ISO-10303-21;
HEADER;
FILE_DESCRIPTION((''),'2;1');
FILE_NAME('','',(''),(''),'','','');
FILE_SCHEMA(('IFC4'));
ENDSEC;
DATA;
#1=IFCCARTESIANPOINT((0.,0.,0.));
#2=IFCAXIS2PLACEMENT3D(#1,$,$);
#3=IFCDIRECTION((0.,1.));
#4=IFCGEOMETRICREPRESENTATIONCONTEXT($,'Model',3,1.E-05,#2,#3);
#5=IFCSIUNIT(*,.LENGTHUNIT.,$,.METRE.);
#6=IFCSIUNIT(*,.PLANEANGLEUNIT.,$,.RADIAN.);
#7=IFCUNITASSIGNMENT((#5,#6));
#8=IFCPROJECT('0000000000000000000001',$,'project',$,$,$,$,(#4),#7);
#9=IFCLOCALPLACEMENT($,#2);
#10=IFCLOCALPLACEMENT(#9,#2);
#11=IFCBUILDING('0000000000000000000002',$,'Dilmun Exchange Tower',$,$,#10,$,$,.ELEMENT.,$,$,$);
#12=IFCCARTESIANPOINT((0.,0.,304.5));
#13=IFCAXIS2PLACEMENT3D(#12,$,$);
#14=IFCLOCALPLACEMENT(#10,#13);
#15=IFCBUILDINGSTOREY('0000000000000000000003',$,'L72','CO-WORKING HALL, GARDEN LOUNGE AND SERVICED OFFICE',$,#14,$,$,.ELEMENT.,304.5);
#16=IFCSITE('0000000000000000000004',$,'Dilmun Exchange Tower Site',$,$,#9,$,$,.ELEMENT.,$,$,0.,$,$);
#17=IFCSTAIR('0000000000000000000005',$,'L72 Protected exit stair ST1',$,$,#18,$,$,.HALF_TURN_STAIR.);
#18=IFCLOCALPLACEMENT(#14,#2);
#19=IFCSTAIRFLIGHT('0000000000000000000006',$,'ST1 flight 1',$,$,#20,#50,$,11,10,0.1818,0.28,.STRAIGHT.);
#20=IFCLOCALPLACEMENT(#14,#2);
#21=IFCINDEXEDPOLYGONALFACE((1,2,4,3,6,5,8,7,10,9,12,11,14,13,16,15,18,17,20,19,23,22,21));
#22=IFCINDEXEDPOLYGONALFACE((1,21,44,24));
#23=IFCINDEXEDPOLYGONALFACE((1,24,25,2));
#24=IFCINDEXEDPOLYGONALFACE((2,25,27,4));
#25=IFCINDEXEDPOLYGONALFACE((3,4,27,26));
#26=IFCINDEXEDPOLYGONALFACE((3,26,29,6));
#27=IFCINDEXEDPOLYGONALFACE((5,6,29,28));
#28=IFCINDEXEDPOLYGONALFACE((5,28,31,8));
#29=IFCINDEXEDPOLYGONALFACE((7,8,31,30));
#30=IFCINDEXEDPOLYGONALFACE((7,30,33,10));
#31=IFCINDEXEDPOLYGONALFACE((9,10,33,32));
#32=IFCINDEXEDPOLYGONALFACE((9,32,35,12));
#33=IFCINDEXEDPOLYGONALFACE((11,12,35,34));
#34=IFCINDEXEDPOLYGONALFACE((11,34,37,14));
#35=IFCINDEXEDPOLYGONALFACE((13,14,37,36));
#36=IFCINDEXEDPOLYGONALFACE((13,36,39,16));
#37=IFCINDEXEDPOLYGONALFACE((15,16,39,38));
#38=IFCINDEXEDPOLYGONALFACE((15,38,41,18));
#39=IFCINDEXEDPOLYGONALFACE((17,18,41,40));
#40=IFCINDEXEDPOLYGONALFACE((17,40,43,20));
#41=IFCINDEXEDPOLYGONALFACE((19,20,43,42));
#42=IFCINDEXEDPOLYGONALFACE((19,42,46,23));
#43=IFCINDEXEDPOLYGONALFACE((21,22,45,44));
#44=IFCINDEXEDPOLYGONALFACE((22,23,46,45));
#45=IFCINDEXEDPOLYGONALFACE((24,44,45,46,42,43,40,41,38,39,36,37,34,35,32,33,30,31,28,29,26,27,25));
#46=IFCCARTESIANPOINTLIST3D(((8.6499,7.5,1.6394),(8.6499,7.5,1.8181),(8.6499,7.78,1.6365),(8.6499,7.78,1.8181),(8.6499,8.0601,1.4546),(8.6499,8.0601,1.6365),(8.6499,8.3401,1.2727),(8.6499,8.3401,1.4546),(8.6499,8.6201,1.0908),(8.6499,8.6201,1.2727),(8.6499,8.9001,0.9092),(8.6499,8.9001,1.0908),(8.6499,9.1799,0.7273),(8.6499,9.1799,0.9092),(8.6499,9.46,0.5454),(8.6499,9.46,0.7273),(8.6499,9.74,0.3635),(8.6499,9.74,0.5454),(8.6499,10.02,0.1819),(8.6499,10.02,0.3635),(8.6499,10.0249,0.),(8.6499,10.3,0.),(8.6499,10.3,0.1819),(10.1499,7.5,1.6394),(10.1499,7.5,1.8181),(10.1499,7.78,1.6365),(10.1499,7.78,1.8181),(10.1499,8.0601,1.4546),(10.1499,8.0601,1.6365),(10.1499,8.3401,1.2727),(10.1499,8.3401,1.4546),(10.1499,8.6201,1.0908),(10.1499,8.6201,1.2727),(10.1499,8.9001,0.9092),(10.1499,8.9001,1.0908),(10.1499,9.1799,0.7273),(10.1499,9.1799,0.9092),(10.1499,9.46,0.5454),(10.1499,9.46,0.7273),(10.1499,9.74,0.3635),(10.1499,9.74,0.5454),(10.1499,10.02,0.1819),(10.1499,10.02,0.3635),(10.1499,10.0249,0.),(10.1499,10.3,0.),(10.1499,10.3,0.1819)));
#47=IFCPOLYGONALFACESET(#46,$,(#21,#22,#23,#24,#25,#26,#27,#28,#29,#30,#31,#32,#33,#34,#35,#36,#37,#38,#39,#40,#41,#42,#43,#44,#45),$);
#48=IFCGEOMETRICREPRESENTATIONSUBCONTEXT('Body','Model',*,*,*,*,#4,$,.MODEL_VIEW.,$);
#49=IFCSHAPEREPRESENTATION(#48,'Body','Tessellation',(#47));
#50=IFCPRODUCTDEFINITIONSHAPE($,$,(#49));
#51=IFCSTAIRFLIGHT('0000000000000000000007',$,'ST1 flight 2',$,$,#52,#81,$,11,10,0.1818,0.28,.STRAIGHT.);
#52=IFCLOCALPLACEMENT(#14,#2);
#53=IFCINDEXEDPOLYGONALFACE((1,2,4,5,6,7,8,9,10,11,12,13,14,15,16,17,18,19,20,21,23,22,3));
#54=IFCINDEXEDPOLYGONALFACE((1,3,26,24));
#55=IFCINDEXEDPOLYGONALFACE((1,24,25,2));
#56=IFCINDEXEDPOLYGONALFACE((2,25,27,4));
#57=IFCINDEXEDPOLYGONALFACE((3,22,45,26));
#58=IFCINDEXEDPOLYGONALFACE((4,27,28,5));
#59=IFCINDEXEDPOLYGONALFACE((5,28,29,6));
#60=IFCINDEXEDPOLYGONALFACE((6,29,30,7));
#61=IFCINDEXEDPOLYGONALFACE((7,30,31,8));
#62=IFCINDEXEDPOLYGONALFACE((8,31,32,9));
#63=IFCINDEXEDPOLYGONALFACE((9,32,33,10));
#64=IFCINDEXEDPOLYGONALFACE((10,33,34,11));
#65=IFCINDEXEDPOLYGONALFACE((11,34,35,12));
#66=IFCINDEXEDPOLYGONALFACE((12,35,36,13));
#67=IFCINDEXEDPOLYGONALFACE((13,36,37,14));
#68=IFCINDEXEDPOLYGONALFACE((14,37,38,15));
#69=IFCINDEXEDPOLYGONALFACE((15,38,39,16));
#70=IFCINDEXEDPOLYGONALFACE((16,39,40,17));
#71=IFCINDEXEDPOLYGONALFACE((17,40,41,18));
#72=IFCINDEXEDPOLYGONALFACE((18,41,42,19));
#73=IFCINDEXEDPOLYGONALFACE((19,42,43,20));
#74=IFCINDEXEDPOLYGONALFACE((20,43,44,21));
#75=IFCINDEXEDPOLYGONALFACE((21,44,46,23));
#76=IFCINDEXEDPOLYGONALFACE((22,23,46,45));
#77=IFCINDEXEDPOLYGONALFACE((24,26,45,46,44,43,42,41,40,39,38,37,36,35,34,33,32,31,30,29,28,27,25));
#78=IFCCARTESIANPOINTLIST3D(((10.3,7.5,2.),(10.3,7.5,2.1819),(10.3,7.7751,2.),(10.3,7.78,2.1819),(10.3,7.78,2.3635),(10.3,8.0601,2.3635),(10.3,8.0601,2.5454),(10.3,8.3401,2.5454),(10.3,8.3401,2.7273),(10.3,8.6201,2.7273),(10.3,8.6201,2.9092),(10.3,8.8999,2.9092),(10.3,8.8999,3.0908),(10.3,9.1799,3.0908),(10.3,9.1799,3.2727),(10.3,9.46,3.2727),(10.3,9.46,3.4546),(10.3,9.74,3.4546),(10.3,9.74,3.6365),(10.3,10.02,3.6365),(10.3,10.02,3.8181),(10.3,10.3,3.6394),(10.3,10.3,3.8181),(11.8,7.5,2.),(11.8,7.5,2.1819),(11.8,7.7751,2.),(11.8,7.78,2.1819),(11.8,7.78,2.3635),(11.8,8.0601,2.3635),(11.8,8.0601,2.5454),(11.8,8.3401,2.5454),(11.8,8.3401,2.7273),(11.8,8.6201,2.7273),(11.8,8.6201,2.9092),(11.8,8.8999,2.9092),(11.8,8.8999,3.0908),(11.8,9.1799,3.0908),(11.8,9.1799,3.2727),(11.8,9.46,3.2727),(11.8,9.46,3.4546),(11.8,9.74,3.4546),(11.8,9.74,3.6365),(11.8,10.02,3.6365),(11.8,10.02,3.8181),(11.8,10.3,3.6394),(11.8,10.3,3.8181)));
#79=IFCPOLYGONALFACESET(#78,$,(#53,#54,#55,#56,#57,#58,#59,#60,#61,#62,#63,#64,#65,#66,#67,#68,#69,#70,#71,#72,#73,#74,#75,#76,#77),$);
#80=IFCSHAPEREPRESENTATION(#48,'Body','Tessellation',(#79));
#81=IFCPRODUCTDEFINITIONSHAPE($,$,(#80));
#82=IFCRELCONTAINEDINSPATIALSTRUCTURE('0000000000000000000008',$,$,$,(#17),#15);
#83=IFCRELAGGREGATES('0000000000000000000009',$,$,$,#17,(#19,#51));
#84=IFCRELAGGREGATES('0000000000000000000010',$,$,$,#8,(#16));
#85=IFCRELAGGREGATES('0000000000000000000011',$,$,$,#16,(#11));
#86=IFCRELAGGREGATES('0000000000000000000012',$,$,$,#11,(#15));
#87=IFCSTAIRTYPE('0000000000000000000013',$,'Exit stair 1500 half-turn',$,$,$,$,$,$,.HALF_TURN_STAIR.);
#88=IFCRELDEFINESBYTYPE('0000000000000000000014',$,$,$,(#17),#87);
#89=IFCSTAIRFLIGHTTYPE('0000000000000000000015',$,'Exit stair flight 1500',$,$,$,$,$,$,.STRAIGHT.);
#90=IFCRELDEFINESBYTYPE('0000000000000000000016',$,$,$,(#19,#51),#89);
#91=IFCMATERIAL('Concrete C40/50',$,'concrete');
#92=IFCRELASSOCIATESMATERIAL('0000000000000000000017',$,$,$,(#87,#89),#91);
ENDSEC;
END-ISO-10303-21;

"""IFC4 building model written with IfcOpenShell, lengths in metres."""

from ifc_helpers import new_model, si_unit, direction, frame, origin, place, context, subcontext, project, spatial, polyline, outline, extrude, material, type_object, element, aggregate, save


model = new_model("IFC4")

# Units and contexts
model_context = context("Model", 3, precision=1e-05, world=origin(), true_north=direction((0.0, 1.0)))
body_context = subcontext(model_context, "Body", "Model", "MODEL_VIEW")
ifc_project = project(units=[si_unit("LENGTHUNIT", "METRE"), si_unit("PLANEANGLEUNIT", "RADIAN")], contexts=[model_context])

# Site, building, storey
site_placement = place(None, origin())
site = spatial("IfcSite", under=ifc_project, at=site_placement, Name="Dilmun Exchange Tower Site", CompositionType="ELEMENT", RefElevation=0.0)
building_placement = place(site_placement, origin())
building = spatial("IfcBuilding", under=site, at=building_placement, Name="Dilmun Exchange Tower", CompositionType="ELEMENT")
storey_placement = place(building_placement, frame((0.0, 0.0, 304.5)))
storey = spatial("IfcBuildingStorey", under=building, at=storey_placement, Name="L72", Description="CO-WORKING HALL, GARDEN LOUNGE AND SERVICED OFFICE", CompositionType="ELEMENT", Elevation=304.5)

# Shared definitions
ifc_material_1 = material(Name="Concrete C40/50", Category="concrete")

# Stair, stair flights
stair_type = type_object("IfcStairType", Name="Exit stair 1500 half-turn", PredefinedType="HALF_TURN_STAIR", material=ifc_material_1)
stair_placement = place(storey_placement, origin())
stair = element("IfcStair", 1, at=stair_placement, inside=storey, type_object=stair_type, Name="L72 Protected exit stair ST1", PredefinedType="HALF_TURN_STAIR")
stair_flight_type = type_object("IfcStairFlightType", Name="Exit stair flight 1500", PredefinedType="STRAIGHT", material=ifc_material_1)
stair_flight_1_placement = place(storey_placement, frame((9.3999, 10.3, 0.0), z_axis=(0.0, 0.0, 1.0), x_axis=(0.0, -1.0, 0.0)))
stair_flight_1 = element("IfcStairFlight", 2, at=stair_flight_1_placement, type_object=stair_flight_type, Name="ST1 flight 1", NumberOfRisers=11, NumberOfTreads=10, PredefinedType="STRAIGHT", RiserHeight=0.1818, TreadLength=0.28, context=body_context, shape_type="SweptSolid", body=[
    extrude(outline(polyline([(0.0, 0.0), (0.0, 0.1819), (0.28, 0.1819), (0.28, 0.3635), (0.5601, 0.3635), (0.5601, 0.5454), (0.8401, 0.5454), (0.8401, 0.7273), (1.1201, 0.7273), (1.1201, 0.9092), (1.3999, 0.9092), (1.3999, 1.0908), (1.6799, 1.0908), (1.6799, 1.2727), (1.96, 1.2727), (1.96, 1.4546), (2.24, 1.4546), (2.24, 1.6365), (2.52, 1.6365), (2.52, 1.8181), (2.8, 1.8181), (2.8, 2.0), (2.8, 1.6394), (0.2751, 0.0), (0.0, 0.0)])), frame((0.0, 0.75, 0.0), z_axis=(0.0, -1.0, 0.0), x_axis=(1.0, 0.0, 0.0)), (0.0, 0.0, 1.0), 1.5),
])
stair_flight_2_placement = place(storey_placement, frame((11.05, 7.5, 2.0), z_axis=(0.0, 0.0, 1.0), x_axis=(0.0, 1.0, 0.0)))
stair_flight_2 = element("IfcStairFlight", 3, at=stair_flight_2_placement, type_object=stair_flight_type, Name="ST1 flight 2", NumberOfRisers=11, NumberOfTreads=10, PredefinedType="STRAIGHT", RiserHeight=0.1818, TreadLength=0.28, context=body_context, shape_type="SweptSolid", body=[
    extrude(outline(polyline([(0.0, 0.0), (0.0, 0.1819), (0.28, 0.1819), (0.28, 0.3635), (0.5601, 0.3635), (0.5601, 0.5454), (0.8401, 0.5454), (0.8401, 0.7273), (1.1201, 0.7273), (1.1201, 0.9092), (1.3999, 0.9092), (1.3999, 1.0908), (1.6799, 1.0908), (1.6799, 1.2727), (1.96, 1.2727), (1.96, 1.4546), (2.24, 1.4546), (2.24, 1.6365), (2.52, 1.6365), (2.52, 1.8181), (2.8, 1.8181), (2.8, 2.0), (2.8, 1.6394), (0.2751, 0.0), (0.0, 0.0)])), frame((0.0, 0.75, 0.0), z_axis=(0.0, -1.0, 0.0), x_axis=(1.0, 0.0, 0.0)), (0.0, 0.0, 1.0), 1.5),
])
aggregate(stair, [stair_flight_1, stair_flight_2])

save(model, "model.ifc")
